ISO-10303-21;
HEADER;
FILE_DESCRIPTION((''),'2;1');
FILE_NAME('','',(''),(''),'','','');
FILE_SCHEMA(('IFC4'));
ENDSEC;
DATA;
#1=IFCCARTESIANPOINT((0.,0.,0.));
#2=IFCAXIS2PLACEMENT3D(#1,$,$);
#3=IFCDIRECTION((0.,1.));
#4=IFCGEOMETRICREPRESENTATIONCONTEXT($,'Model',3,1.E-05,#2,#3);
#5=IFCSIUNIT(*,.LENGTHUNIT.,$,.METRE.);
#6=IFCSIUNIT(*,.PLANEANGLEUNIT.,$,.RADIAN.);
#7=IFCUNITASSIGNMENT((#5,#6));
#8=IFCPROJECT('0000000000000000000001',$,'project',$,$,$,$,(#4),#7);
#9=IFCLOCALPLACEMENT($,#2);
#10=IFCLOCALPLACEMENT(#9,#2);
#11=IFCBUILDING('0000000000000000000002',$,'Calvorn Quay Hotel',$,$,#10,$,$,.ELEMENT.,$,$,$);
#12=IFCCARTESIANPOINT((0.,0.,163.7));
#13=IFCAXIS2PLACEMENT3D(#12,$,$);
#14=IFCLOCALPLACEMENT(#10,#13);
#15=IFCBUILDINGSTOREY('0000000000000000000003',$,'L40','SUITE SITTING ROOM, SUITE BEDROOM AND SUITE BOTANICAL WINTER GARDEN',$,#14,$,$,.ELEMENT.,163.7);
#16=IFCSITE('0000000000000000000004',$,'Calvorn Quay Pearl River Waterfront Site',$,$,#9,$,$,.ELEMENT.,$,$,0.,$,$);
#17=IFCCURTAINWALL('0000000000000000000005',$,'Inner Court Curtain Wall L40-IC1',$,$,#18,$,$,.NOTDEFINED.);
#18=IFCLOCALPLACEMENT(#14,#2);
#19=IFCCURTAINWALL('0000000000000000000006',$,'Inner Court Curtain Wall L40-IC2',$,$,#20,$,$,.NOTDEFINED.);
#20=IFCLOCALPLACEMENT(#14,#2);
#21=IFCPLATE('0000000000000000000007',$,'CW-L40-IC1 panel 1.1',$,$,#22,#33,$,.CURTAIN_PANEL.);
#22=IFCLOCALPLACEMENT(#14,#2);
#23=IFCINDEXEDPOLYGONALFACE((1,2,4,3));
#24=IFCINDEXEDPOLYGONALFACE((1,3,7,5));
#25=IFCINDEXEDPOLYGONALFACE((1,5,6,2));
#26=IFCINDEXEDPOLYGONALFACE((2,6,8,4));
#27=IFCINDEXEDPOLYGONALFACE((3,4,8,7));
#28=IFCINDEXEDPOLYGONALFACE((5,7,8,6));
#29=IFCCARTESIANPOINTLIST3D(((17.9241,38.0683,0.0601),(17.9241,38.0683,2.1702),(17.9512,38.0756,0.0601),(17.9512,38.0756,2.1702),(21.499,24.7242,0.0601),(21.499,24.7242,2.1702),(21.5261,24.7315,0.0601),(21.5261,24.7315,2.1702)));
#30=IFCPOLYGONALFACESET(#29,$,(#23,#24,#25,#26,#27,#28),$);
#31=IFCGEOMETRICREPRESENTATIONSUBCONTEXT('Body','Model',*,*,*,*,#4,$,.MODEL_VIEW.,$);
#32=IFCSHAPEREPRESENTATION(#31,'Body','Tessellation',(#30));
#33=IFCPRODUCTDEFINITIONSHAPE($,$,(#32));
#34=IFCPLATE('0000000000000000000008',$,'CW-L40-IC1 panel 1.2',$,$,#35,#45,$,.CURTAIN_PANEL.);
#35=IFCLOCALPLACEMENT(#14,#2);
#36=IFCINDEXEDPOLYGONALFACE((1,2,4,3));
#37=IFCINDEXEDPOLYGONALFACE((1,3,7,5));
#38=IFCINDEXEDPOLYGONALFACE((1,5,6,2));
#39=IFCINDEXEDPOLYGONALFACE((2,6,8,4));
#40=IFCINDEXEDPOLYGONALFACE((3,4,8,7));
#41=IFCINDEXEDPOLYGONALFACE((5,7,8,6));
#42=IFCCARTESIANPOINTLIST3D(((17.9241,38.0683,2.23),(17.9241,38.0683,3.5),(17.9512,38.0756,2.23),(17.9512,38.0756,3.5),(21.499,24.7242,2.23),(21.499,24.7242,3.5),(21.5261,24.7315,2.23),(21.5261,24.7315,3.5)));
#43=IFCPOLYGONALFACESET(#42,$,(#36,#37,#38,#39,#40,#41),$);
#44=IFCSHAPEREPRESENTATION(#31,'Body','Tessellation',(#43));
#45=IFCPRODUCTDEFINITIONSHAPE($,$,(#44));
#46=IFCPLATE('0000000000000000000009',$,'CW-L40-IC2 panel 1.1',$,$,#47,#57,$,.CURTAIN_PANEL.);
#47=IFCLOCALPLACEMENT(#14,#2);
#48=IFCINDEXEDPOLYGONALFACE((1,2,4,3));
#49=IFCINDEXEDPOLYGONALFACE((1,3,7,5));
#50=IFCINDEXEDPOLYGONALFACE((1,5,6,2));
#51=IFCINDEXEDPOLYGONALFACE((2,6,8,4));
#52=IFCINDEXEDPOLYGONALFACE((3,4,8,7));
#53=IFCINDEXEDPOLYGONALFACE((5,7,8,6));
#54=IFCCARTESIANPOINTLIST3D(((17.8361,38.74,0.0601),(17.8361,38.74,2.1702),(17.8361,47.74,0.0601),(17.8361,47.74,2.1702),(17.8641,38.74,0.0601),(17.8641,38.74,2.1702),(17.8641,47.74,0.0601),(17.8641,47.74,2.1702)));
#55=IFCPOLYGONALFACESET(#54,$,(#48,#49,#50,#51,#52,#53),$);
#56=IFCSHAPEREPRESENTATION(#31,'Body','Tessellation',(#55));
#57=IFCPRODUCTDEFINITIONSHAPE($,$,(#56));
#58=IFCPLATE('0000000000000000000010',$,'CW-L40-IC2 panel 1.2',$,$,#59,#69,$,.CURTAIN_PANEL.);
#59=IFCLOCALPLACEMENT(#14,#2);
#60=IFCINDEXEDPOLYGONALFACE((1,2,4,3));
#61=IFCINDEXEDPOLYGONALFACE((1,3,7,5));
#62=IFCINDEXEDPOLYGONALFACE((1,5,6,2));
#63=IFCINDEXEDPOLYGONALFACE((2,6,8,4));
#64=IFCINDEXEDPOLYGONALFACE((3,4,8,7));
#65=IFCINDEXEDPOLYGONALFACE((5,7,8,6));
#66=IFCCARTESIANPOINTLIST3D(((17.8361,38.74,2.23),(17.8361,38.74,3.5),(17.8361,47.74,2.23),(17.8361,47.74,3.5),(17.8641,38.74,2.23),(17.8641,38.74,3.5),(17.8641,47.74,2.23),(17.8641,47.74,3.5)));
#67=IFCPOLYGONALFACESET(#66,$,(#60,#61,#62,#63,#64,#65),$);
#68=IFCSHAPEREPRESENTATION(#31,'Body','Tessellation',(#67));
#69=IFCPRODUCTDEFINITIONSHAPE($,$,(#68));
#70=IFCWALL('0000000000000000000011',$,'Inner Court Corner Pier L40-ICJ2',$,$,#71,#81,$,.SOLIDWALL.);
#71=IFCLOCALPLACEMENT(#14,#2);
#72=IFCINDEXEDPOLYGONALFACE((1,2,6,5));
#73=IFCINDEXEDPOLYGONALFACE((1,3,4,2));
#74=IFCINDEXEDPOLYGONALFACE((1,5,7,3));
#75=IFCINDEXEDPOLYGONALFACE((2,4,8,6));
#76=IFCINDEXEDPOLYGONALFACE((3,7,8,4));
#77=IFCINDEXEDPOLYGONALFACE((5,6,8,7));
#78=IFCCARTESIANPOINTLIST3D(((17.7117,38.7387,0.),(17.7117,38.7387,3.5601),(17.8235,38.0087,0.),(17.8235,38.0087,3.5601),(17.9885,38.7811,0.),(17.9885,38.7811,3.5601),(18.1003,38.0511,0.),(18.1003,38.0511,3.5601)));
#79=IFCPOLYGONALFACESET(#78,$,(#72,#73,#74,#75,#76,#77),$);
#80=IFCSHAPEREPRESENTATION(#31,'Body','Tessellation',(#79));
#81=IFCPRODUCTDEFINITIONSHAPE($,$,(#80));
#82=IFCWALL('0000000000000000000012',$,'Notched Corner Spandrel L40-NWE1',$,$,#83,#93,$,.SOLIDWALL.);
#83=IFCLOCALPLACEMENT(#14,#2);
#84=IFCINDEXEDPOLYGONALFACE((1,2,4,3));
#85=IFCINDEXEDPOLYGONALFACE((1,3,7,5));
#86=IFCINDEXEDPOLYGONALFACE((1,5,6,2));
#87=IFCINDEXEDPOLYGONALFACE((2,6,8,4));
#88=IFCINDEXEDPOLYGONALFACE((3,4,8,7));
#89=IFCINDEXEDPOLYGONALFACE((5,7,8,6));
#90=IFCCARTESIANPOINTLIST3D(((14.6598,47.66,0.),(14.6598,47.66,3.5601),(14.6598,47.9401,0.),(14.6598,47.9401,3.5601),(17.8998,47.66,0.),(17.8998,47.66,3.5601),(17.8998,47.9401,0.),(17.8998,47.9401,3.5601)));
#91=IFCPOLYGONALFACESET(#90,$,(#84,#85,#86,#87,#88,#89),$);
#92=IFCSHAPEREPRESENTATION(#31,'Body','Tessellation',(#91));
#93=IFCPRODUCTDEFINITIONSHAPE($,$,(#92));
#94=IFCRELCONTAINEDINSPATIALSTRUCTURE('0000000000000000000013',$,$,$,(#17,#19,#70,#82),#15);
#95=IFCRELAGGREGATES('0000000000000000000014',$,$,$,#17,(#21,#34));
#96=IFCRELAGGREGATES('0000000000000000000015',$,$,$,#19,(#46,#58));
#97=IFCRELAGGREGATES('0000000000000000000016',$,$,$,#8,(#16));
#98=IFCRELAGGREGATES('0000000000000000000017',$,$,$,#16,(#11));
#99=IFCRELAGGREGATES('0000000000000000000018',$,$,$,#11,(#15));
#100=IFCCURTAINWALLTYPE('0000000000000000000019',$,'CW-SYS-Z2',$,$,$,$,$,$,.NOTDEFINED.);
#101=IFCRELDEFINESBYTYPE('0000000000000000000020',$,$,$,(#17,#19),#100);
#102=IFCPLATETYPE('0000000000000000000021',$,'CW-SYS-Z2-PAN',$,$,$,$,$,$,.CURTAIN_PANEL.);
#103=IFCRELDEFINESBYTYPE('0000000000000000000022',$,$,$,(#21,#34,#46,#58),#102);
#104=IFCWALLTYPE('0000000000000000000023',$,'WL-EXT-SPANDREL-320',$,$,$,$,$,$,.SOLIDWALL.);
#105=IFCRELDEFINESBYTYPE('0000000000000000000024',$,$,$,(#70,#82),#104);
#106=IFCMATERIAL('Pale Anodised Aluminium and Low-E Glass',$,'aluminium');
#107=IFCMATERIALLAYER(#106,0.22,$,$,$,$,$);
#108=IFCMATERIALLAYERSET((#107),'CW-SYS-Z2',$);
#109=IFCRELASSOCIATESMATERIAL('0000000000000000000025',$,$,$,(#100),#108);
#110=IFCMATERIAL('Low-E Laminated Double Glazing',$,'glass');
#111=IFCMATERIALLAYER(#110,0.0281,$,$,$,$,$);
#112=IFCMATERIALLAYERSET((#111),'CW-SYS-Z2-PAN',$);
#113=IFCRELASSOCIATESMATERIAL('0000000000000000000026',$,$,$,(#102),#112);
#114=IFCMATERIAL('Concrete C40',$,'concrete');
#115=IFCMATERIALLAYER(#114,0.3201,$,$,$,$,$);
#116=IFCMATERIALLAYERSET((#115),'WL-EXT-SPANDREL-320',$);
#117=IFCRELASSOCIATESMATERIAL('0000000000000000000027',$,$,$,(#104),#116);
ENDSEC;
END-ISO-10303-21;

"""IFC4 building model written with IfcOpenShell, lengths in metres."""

from ifc_helpers import new_model, si_unit, direction, frame, frame_2d, origin, origin_2d, place, context, subcontext, project, spatial, rectangle, extrude, material, layer, layer_set, type_object, element, aggregate, save


model = new_model("IFC4")

# Units and contexts
model_context = context("Model", 3, precision=1e-05, world=origin(), true_north=direction((0.0, 1.0)))
body_context = subcontext(model_context, "Body", "Model", "MODEL_VIEW")
ifc_project = project(units=[si_unit("LENGTHUNIT", "METRE"), si_unit("PLANEANGLEUNIT", "RADIAN")], contexts=[model_context])

# Site, building, storey
site_placement = place(None, origin())
site = spatial("IfcSite", under=ifc_project, at=site_placement, Name="Calvorn Quay Pearl River Waterfront Site", CompositionType="ELEMENT", RefElevation=0.0)
building_placement = place(site_placement, origin())
building = spatial("IfcBuilding", under=site, at=building_placement, Name="Calvorn Quay Hotel", CompositionType="ELEMENT")
storey_placement = place(building_placement, frame((0.0, 0.0, 163.7)))
storey = spatial("IfcBuildingStorey", under=building, at=storey_placement, Name="L40", Description="SUITE SITTING ROOM, SUITE BEDROOM AND SUITE BOTANICAL WINTER GARDEN", CompositionType="ELEMENT", Elevation=163.7)

# Curtain wall
ifc_material_1 = material(Name="Pale Anodised Aluminium and Low-E Glass", Category="aluminium")
ifc_layer_1 = layer(ifc_material_1, 0.22)
ifc_layer_set_1 = layer_set([ifc_layer_1], Name="CW-SYS-Z2")
curtain_wall_type = type_object("IfcCurtainWallType", Name="CW-SYS-Z2", PredefinedType="NOTDEFINED", material=ifc_layer_set_1)
curtain_wall_1_placement = place(storey_placement, origin())
curtain_wall_1 = element("IfcCurtainWall", 1, at=curtain_wall_1_placement, inside=storey, type_object=curtain_wall_type, Name="Inner Court Curtain Wall L40-IC1", PredefinedType="NOTDEFINED")

# Curtain wall
curtain_wall_2_placement = place(storey_placement, origin())
curtain_wall_2 = element("IfcCurtainWall", 2, at=curtain_wall_2_placement, inside=storey, type_object=curtain_wall_type, Name="Inner Court Curtain Wall L40-IC2", PredefinedType="NOTDEFINED")

# Plates
ifc_material_2 = material(Name="Low-E Laminated Double Glazing", Category="glass")
ifc_layer_2 = layer(ifc_material_2, 0.0281)
ifc_layer_set_2 = layer_set([ifc_layer_2], Name="CW-SYS-Z2-PAN")
plate_type = type_object("IfcPlateType", Name="CW-SYS-Z2-PAN", PredefinedType="CURTAIN_PANEL", material=ifc_layer_set_2)
plate_1_placement = place(storey_placement, frame((19.7251, 31.3999, 0.0601), z_axis=(0.0, 0.0, 1.0), x_axis=(-0.258779, 0.965937, 0.0)))
plate_1 = element("IfcPlate", 3, at=plate_1_placement, type_object=plate_type, Name="CW-L40-IC1 panel 1.1", PredefinedType="CURTAIN_PANEL", context=body_context, shape_type="SweptSolid", body=[
    extrude(rectangle(XDim=13.8147, YDim=0.0281, at=origin_2d()), origin(), (0.0, 0.0, 1.0), 2.1101),
])
plate_2_placement = place(storey_placement, frame((19.7251, 31.3999, 2.23), z_axis=(0.0, 0.0, 1.0), x_axis=(-0.258779, 0.965937, 0.0)))
plate_2 = element("IfcPlate", 4, at=plate_2_placement, type_object=plate_type, Name="CW-L40-IC1 panel 1.2", PredefinedType="CURTAIN_PANEL", context=body_context, shape_type="SweptSolid", body=[
    extrude(rectangle(XDim=13.8147, YDim=0.0281, at=origin_2d()), origin(), (0.0, 0.0, 1.0), 1.27),
])
aggregate(curtain_wall_1, [plate_1, plate_2])
plate_3_placement = place(storey_placement, frame((17.8501, 43.24, 0.0601), z_axis=(0.0, 0.0, 1.0), x_axis=(0.0, 1.0, 0.0)))
plate_3 = element("IfcPlate", 5, at=plate_3_placement, type_object=plate_type, Name="CW-L40-IC2 panel 1.1", PredefinedType="CURTAIN_PANEL", context=body_context, shape_type="SweptSolid", body=[
    extrude(rectangle(XDim=9.0, YDim=0.0281, at=origin_2d()), origin(), (0.0, 0.0, 1.0), 2.1101),
])
plate_4_placement = place(storey_placement, frame((17.8501, 43.24, 2.23), z_axis=(0.0, 0.0, 1.0), x_axis=(0.0, 1.0, 0.0)))
plate_4 = element("IfcPlate", 6, at=plate_4_placement, type_object=plate_type, Name="CW-L40-IC2 panel 1.2", PredefinedType="CURTAIN_PANEL", context=body_context, shape_type="SweptSolid", body=[
    extrude(rectangle(XDim=9.0, YDim=0.0281, at=origin_2d()), origin(), (0.0, 0.0, 1.0), 1.27),
])
aggregate(curtain_wall_2, [plate_3, plate_4])

# Walls
ifc_material_3 = material(Name="Concrete C40", Category="concrete")
ifc_layer_3 = layer(ifc_material_3, 0.3201)
ifc_layer_set_3 = layer_set([ifc_layer_3], Name="WL-EXT-SPANDREL-320")
wall_type = type_object("IfcWallType", Name="WL-EXT-SPANDREL-320", PredefinedType="SOLIDWALL", material=ifc_layer_set_3)
wall_1_placement = place(storey_placement, frame((17.9619, 38.03, 0.0), z_axis=(0.0, 0.0, 1.0), x_axis=(-0.151411, 0.988471, 0.0)))
element("IfcWall", 7, at=wall_1_placement, inside=storey, type_object=wall_type, Name="Inner Court Corner Pier L40-ICJ2", PredefinedType="SOLIDWALL", context=body_context, shape_type="SweptSolid", body=[
    extrude(rectangle(XDim=0.7385, YDim=0.28, at=frame_2d((0.3691, 0.0))), origin(), (0.0, 0.0, 1.0), 3.5601),
])
wall_2_placement = place(storey_placement, frame((17.8999, 47.8, 0.0), z_axis=(0.0, 0.0, 1.0), x_axis=(-1.0, 0.0, 0.0)))
element("IfcWall", 8, at=wall_2_placement, inside=storey, type_object=wall_type, Name="Notched Corner Spandrel L40-NWE1", PredefinedType="SOLIDWALL", context=body_context, shape_type="SweptSolid", body=[
    extrude(rectangle(XDim=3.24, YDim=0.28, at=frame_2d((1.6201, 0.0))), origin(), (0.0, 0.0, 1.0), 3.5601),
])

save(model, "model.ifc")
